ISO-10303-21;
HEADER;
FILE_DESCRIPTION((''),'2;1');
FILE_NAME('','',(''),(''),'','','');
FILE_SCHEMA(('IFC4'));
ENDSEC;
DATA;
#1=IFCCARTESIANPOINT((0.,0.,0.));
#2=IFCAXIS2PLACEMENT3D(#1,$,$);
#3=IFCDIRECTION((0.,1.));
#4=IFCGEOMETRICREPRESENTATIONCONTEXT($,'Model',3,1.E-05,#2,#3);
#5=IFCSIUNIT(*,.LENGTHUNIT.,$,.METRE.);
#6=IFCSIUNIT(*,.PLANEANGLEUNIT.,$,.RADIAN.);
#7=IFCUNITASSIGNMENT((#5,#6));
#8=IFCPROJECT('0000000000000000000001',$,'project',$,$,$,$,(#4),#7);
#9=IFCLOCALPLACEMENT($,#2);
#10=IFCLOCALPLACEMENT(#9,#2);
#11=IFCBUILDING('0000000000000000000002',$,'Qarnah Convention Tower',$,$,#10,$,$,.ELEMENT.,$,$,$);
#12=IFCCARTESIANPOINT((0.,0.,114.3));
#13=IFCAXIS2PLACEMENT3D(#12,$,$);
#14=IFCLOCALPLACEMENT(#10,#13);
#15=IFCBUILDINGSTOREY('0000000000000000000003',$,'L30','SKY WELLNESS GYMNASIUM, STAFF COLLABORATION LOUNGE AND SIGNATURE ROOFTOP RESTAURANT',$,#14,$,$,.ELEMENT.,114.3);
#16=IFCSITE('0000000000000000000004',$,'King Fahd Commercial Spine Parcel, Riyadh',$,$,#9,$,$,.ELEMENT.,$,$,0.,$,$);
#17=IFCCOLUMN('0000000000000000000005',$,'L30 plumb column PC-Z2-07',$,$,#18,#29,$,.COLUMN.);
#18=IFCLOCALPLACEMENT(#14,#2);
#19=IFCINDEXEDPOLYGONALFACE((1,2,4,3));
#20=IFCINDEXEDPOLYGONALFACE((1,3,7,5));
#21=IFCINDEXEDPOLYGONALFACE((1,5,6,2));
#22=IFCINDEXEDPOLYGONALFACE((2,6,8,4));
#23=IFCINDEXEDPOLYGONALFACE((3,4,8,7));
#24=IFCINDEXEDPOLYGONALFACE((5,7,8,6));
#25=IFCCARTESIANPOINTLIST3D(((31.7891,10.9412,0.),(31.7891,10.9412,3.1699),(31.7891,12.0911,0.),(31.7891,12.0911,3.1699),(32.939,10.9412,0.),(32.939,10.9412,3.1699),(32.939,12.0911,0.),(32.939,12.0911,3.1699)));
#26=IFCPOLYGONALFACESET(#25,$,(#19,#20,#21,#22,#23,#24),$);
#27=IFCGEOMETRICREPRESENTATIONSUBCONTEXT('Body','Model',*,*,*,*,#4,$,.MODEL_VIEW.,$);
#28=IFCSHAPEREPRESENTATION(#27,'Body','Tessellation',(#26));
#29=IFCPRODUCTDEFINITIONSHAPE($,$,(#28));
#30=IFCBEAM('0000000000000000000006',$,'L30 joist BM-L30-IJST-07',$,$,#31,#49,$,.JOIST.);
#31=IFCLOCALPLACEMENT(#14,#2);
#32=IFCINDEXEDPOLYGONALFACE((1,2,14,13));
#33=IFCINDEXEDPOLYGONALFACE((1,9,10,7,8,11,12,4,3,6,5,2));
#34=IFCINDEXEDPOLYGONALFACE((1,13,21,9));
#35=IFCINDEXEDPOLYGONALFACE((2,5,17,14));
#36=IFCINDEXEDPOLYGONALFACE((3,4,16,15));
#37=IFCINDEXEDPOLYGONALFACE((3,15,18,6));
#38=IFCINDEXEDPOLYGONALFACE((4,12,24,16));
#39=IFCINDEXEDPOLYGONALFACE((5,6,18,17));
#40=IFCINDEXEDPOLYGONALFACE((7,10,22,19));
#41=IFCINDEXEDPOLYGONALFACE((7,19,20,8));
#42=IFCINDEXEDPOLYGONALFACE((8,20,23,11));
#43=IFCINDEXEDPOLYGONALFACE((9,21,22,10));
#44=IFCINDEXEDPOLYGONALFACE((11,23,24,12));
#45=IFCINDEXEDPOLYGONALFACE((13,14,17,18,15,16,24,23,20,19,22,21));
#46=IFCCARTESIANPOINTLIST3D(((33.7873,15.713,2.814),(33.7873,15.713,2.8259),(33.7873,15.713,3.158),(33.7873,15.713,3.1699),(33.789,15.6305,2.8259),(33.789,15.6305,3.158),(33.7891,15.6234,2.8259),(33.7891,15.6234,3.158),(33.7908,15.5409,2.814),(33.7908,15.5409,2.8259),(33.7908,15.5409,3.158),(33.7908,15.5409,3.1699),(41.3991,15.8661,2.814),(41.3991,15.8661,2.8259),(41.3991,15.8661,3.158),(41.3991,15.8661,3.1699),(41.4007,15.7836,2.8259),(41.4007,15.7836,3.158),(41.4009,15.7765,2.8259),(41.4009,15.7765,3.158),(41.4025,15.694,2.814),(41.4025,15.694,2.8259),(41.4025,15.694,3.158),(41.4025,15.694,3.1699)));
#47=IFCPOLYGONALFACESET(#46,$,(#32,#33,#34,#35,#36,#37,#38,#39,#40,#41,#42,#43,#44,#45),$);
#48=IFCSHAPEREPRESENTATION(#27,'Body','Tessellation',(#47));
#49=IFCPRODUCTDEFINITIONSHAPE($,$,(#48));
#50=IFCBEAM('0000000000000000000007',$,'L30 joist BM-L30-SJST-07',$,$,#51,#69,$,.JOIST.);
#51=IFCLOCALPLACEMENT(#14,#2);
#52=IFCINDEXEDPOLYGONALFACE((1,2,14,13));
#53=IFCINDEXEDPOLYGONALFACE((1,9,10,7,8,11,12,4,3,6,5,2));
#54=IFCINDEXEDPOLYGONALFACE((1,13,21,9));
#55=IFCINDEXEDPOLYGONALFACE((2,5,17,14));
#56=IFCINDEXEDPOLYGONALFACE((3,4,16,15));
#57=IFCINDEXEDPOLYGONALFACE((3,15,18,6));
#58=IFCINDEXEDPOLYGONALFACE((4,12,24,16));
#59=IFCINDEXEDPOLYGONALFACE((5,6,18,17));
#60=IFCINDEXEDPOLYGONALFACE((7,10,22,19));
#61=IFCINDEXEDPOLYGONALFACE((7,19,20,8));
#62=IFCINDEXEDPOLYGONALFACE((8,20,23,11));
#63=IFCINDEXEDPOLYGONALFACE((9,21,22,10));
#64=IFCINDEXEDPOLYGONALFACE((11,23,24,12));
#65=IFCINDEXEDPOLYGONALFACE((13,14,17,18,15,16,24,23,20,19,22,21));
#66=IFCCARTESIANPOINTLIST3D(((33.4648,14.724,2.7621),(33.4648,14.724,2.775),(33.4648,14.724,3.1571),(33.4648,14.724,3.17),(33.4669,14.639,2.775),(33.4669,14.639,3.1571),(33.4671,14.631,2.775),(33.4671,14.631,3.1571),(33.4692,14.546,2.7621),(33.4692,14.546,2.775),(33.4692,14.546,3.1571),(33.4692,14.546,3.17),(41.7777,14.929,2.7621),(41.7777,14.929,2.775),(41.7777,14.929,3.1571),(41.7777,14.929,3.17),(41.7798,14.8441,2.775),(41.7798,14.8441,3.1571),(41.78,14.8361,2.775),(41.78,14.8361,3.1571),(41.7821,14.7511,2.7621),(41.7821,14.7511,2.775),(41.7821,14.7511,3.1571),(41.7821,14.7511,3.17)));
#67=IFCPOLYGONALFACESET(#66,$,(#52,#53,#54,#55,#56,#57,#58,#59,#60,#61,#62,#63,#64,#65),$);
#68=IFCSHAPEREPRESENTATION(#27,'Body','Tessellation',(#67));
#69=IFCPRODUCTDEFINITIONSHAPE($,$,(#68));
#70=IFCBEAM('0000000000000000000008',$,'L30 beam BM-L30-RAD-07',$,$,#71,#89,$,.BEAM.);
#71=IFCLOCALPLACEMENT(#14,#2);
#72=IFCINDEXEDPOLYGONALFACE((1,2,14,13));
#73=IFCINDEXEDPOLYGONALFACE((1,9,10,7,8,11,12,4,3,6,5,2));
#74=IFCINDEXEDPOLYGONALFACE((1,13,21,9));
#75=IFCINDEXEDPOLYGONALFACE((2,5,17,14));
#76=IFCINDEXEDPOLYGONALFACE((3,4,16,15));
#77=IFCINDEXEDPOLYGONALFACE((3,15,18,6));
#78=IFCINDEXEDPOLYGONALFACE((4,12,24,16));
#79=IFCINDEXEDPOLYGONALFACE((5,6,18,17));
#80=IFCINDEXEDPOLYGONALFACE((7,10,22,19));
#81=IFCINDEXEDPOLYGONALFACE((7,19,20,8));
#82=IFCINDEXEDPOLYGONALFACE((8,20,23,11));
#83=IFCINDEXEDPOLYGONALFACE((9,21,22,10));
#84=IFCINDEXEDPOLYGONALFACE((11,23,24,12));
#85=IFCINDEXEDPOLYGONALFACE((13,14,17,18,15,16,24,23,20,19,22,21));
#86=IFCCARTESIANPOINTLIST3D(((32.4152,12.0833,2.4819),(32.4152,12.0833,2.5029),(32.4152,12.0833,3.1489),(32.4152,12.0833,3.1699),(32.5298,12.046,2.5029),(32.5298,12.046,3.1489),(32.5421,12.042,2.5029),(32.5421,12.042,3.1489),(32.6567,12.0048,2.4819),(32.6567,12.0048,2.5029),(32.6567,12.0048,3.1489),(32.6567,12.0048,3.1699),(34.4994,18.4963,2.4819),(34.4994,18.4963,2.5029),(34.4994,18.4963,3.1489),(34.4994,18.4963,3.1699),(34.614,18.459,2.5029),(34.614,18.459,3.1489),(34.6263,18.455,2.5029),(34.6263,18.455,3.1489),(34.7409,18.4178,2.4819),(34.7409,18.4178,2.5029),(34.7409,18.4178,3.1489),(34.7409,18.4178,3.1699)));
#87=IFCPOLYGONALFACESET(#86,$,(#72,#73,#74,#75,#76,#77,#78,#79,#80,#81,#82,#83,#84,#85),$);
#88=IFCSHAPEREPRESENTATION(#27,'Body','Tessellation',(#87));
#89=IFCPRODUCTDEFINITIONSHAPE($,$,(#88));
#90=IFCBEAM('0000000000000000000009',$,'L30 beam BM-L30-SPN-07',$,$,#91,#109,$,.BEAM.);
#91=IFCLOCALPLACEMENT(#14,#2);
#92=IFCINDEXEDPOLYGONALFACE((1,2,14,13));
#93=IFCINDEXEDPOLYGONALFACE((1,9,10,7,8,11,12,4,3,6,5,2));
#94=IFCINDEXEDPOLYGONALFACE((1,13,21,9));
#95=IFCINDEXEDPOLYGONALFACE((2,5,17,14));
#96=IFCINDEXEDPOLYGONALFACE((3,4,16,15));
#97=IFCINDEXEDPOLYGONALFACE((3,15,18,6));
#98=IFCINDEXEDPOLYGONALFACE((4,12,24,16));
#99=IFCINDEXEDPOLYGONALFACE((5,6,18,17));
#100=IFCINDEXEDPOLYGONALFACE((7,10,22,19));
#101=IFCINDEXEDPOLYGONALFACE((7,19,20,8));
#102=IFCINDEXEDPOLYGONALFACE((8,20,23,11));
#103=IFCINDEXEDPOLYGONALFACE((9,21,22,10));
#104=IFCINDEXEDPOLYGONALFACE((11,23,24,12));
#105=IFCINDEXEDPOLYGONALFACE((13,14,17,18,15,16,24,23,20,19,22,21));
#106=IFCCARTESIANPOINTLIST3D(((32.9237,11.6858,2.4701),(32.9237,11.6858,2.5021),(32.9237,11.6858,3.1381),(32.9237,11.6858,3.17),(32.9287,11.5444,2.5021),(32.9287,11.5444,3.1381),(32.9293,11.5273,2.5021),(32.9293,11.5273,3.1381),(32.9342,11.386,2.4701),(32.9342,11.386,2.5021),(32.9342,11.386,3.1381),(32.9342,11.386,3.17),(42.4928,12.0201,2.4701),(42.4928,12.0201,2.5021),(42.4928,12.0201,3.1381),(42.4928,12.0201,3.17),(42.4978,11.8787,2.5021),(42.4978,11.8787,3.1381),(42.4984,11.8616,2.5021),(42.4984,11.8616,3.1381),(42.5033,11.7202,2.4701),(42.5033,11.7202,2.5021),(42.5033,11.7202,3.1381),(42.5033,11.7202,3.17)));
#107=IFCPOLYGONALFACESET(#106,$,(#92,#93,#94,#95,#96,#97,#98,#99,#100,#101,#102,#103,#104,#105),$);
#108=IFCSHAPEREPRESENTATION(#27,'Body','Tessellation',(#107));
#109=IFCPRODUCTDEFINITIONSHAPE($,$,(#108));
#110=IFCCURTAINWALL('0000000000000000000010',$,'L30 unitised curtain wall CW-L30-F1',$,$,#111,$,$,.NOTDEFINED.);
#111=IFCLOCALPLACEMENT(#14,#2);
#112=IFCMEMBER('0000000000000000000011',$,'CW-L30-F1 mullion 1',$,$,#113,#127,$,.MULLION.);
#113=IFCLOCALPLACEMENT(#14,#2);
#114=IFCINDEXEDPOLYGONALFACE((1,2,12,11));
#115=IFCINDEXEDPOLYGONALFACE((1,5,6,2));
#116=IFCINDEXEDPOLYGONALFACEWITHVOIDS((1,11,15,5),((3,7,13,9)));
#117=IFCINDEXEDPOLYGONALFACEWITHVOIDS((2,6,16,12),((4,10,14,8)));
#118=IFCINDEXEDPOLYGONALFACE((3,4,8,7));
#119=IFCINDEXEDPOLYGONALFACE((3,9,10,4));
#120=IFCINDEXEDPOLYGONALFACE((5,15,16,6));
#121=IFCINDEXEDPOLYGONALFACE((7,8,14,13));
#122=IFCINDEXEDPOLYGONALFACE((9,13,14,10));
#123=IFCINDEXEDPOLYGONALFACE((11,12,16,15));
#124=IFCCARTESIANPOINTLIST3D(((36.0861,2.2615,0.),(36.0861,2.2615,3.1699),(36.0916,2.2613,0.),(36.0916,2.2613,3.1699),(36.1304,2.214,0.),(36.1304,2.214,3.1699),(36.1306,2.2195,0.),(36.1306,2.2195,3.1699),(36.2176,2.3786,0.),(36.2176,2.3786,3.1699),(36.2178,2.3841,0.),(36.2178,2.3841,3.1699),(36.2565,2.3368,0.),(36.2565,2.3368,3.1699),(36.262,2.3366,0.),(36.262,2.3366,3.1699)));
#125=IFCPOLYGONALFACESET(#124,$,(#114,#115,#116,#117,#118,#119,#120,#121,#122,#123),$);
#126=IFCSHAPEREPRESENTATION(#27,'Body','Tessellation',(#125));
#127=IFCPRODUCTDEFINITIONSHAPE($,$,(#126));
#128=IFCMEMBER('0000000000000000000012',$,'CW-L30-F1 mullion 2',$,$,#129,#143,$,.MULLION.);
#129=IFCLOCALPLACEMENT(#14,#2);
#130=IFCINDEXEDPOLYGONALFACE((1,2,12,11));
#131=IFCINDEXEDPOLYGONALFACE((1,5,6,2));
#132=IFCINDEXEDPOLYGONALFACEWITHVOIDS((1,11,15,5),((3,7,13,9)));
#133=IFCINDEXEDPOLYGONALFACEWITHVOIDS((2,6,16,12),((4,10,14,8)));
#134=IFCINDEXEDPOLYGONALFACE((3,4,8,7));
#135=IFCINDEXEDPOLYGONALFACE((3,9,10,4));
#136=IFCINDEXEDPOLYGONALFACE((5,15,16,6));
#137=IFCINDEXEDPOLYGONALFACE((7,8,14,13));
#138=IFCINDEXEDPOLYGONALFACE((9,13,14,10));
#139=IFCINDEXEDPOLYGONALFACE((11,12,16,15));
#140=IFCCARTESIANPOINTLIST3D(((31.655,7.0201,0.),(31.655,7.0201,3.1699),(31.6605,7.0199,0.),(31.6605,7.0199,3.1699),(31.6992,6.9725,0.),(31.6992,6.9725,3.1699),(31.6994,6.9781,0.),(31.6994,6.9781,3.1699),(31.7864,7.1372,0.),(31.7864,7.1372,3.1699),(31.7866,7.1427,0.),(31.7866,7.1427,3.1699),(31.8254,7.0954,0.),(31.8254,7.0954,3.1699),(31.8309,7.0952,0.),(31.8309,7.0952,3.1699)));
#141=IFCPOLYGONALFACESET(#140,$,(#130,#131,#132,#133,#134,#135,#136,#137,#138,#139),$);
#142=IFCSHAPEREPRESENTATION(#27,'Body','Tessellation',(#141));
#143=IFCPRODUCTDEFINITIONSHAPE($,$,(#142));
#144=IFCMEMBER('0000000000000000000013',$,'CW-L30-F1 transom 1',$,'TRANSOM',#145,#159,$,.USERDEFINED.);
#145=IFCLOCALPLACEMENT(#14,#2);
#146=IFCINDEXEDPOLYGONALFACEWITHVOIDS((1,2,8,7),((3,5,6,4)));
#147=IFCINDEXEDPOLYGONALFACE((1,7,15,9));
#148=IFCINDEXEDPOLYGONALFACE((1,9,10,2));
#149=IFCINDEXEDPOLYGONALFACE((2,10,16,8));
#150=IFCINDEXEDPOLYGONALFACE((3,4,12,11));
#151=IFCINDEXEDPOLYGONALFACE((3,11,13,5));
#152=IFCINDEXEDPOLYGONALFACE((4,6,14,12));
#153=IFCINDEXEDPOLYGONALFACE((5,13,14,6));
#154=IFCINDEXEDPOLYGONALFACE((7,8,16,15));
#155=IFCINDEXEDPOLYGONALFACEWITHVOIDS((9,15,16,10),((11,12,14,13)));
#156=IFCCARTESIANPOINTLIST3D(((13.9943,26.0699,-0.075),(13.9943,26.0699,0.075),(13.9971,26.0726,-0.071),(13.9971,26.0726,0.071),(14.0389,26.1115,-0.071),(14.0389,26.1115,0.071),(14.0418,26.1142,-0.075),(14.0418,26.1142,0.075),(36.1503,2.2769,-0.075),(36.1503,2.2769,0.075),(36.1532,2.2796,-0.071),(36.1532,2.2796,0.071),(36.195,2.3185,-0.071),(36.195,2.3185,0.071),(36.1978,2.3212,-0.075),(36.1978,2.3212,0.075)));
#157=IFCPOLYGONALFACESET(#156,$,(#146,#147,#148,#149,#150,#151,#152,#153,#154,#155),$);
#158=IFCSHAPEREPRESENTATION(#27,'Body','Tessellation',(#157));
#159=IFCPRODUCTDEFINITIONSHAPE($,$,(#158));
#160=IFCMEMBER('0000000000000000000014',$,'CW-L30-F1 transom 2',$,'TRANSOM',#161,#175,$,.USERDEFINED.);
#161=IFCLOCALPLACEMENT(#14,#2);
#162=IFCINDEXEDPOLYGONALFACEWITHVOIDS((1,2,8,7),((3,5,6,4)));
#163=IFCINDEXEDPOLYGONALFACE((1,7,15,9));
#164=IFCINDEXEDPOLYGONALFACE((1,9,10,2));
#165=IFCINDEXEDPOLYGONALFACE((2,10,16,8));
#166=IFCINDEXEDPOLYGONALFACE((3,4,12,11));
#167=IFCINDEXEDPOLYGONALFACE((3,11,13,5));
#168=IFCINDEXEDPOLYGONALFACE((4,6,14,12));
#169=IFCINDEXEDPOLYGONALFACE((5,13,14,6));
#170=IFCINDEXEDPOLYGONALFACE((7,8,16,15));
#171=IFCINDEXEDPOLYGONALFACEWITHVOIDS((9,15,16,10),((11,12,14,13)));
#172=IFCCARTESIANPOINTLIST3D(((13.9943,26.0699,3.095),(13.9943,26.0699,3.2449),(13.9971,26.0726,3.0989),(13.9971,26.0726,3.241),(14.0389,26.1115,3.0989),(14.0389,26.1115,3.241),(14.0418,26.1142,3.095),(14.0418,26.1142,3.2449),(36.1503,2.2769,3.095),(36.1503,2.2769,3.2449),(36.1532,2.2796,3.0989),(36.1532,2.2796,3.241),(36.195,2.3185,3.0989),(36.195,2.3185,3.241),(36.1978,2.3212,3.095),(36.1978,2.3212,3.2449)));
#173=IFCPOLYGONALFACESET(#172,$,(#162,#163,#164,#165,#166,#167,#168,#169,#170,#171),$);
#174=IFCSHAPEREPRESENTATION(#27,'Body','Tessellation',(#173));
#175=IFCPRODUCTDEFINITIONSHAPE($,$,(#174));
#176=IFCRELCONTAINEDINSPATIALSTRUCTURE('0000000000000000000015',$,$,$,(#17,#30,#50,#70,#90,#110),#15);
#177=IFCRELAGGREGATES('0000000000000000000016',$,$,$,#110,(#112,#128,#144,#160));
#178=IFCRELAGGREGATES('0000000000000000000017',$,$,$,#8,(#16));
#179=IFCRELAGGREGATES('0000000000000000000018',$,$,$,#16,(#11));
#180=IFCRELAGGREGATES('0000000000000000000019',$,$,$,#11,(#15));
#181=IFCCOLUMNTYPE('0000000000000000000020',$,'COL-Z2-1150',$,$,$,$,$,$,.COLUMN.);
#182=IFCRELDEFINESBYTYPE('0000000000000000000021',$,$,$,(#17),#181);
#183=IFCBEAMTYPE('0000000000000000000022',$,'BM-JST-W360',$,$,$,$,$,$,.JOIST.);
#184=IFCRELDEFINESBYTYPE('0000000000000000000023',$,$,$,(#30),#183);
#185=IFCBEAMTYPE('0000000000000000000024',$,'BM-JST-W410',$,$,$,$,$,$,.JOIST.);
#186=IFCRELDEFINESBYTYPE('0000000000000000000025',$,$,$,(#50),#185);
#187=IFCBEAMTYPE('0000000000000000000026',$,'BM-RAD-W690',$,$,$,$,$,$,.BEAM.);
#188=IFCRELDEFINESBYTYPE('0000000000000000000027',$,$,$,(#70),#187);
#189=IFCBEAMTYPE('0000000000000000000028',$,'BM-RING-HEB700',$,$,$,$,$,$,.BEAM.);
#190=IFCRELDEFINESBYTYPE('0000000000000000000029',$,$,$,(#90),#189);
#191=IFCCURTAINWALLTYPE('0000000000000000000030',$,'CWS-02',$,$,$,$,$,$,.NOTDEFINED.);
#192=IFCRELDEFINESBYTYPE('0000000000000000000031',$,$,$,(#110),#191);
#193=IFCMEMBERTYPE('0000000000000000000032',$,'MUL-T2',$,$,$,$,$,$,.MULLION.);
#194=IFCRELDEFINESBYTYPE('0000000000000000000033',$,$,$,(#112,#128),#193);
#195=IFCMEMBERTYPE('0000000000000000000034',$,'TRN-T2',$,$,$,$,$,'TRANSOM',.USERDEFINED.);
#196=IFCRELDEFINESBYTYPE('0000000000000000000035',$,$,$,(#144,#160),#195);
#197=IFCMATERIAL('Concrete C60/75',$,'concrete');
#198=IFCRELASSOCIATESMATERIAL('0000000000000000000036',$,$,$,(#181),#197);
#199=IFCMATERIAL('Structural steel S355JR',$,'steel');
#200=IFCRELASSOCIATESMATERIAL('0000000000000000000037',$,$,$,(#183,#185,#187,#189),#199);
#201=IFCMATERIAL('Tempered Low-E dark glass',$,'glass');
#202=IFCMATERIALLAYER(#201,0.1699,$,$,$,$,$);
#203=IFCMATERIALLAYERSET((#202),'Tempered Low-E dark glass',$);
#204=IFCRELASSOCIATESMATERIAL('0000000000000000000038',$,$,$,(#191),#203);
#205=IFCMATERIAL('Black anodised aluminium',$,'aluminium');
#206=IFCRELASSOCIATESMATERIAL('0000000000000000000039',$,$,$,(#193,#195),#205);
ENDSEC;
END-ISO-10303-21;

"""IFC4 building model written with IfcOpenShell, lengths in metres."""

from ifc_helpers import new_model, si_unit, direction, frame, origin, origin_2d, place, context, subcontext, project, spatial, rectangle, hollow_rectangle, i_section, extrude, material, layer, layer_set, material_profile, profile_set, type_object, element, aggregate, save


model = new_model("IFC4")

# Units and contexts
model_context = context("Model", 3, precision=1e-05, world=origin(), true_north=direction((0.0, 1.0)))
body_context = subcontext(model_context, "Body", "Model", "MODEL_VIEW")
ifc_project = project(units=[si_unit("LENGTHUNIT", "METRE"), si_unit("PLANEANGLEUNIT", "RADIAN")], contexts=[model_context])

# Site, building, storey
site_placement = place(None, origin())
site = spatial("IfcSite", under=ifc_project, at=site_placement, Name="King Fahd Commercial Spine Parcel, Riyadh", CompositionType="ELEMENT", RefElevation=0.0)
building_placement = place(site_placement, origin())
building = spatial("IfcBuilding", under=site, at=building_placement, Name="Qarnah Convention Tower", CompositionType="ELEMENT")
storey_placement = place(building_placement, frame((0.0, 0.0, 114.3)))
storey = spatial("IfcBuildingStorey", under=building, at=storey_placement, Name="L30", Description="SKY WELLNESS GYMNASIUM, STAFF COLLABORATION LOUNGE AND SIGNATURE ROOFTOP RESTAURANT", CompositionType="ELEMENT", Elevation=114.3)

# Column
ifc_material_1 = material(Name="Concrete C60/75", Category="concrete")
ifc_material_profile_1 = material_profile(ifc_material_1, rectangle(XDim=1.1499, YDim=1.1499, at=origin_2d()), Name="RC-COL-1150X1150")
ifc_profile_set_1 = profile_set([ifc_material_profile_1], Name="Concrete C60/75")
column_type = type_object("IfcColumnType", Name="COL-Z2-1150", PredefinedType="COLUMN", material=ifc_profile_set_1)
column_placement = place(storey_placement, frame((32.364, 11.5161, 0.0), z_axis=(0.0, 0.0, 1.0), x_axis=(1.0, 0.0, 0.0)))
element("IfcColumn", 1, at=column_placement, inside=storey, type_object=column_type, Name="L30 plumb column PC-Z2-07", PredefinedType="COLUMN", context=body_context, shape_type="SweptSolid", body=[
    extrude(rectangle(XDim=1.1499, YDim=1.1499, at=origin_2d()), origin(), (0.0, 0.0, 1.0), 3.1699),
])

# Beams
ifc_material_2 = material(Name="Structural steel S355JR", Category="steel")
ifc_material_profile_2 = material_profile(ifc_material_2, i_section(OverallWidth=0.1721, OverallDepth=0.356, WebThickness=0.0071, FlangeThickness=0.012, at=origin_2d()), Name="W360X51")
ifc_profile_set_2 = profile_set([ifc_material_profile_2], Name="Structural steel S355JR")
beam_type_1 = type_object("IfcBeamType", Name="BM-JST-W360", PredefinedType="JOIST", material=ifc_profile_set_2)
beam_1_placement = place(storey_placement, frame((33.7891, 15.627, 2.9919), z_axis=(0.999798, 0.020106, 0.0), x_axis=(-0.020106, 0.999798, 0.0)))
element("IfcBeam", 2, at=beam_1_placement, inside=storey, type_object=beam_type_1, Name="L30 joist BM-L30-IJST-07", PredefinedType="JOIST", context=body_context, shape_type="SweptSolid", body=[
    extrude(i_section(OverallWidth=0.1721, OverallDepth=0.356, WebThickness=0.0071, FlangeThickness=0.012, at=origin_2d()), origin(), (0.0, 0.0, 1.0), 7.6133),
])
ifc_material_profile_3 = material_profile(ifc_material_2, i_section(OverallWidth=0.178, OverallDepth=0.408, WebThickness=0.0081, FlangeThickness=0.0129, at=origin_2d()), Name="W410X60")
ifc_profile_set_3 = profile_set([ifc_material_profile_3], Name="Structural steel S355JR")
beam_type_2 = type_object("IfcBeamType", Name="BM-JST-W410", PredefinedType="JOIST", material=ifc_profile_set_3)
beam_2_placement = place(storey_placement, frame((33.467, 14.635, 2.9661), z_axis=(0.999696, 0.024662, 0.0), x_axis=(-0.024662, 0.999696, 0.0)))
element("IfcBeam", 3, at=beam_2_placement, inside=storey, type_object=beam_type_2, Name="L30 joist BM-L30-SJST-07", PredefinedType="JOIST", context=body_context, shape_type="SweptSolid", body=[
    extrude(i_section(OverallWidth=0.178, OverallDepth=0.408, WebThickness=0.0081, FlangeThickness=0.0129, at=origin_2d()), origin(), (0.0, 0.0, 1.0), 8.3154),
])
ifc_material_profile_4 = material_profile(ifc_material_2, i_section(OverallWidth=0.2539, OverallDepth=0.688, WebThickness=0.0129, FlangeThickness=0.021, at=origin_2d()), Name="W690X152")
ifc_profile_set_4 = profile_set([ifc_material_profile_4], Name="Structural steel S355JR")
beam_type_3 = type_object("IfcBeamType", Name="BM-RAD-W690", PredefinedType="BEAM", material=ifc_profile_set_4)
beam_3_placement = place(storey_placement, frame((34.6201, 18.457, 2.8259), z_axis=(-0.309083, -0.951035, 0.0), x_axis=(0.951035, -0.309083, 0.0)))
element("IfcBeam", 4, at=beam_3_placement, inside=storey, type_object=beam_type_3, Name="L30 beam BM-L30-RAD-07", PredefinedType="BEAM", context=body_context, shape_type="SweptSolid", body=[
    extrude(i_section(OverallWidth=0.2539, OverallDepth=0.688, WebThickness=0.0129, FlangeThickness=0.021, at=origin_2d()), origin(), (0.0, 0.0, 1.0), 6.7432),
])
ifc_material_profile_5 = material_profile(ifc_material_2, i_section(OverallWidth=0.3, OverallDepth=0.7, WebThickness=0.0171, FlangeThickness=0.032, at=origin_2d()), Name="HEB700")
ifc_profile_set_5 = profile_set([ifc_material_profile_5], Name="Structural steel S355JR")
beam_type_4 = type_object("IfcBeamType", Name="BM-RING-HEB700", PredefinedType="BEAM", material=ifc_profile_set_5)
beam_4_placement = place(storey_placement, frame((32.929, 11.5359, 2.8201), z_axis=(0.999391, 0.034907, 0.0), x_axis=(-0.034907, 0.999391, 0.0)))
element("IfcBeam", 5, at=beam_4_placement, inside=storey, type_object=beam_type_4, Name="L30 beam BM-L30-SPN-07", PredefinedType="BEAM", context=body_context, shape_type="SweptSolid", body=[
    extrude(i_section(OverallWidth=0.3, OverallDepth=0.7, WebThickness=0.0171, FlangeThickness=0.032, at=origin_2d()), origin(), (0.0, 0.0, 1.0), 9.575),
])

# Curtain wall, members
ifc_material_3 = material(Name="Tempered Low-E dark glass", Category="glass")
ifc_layer_1 = layer(ifc_material_3, 0.1699)
ifc_layer_set_1 = layer_set([ifc_layer_1], Name="Tempered Low-E dark glass")
curtain_wall_type = type_object("IfcCurtainWallType", Name="CWS-02", PredefinedType="NOTDEFINED", material=ifc_layer_set_1)
curtain_wall_placement = place(storey_placement, origin())
curtain_wall = element("IfcCurtainWall", 6, at=curtain_wall_placement, inside=storey, type_object=curtain_wall_type, Name="L30 unitised curtain wall CW-L30-F1", PredefinedType="NOTDEFINED")
ifc_material_4 = material(Name="Black anodised aluminium", Category="aluminium")
ifc_material_profile_6 = material_profile(ifc_material_4, hollow_rectangle(XDim=0.0649, YDim=0.1799, WallThickness=0.0039, at=origin_2d()), Name="MUL-65X180")
ifc_profile_set_6 = profile_set([ifc_material_profile_6], Name="Black anodised aluminium")
member_type_1 = type_object("IfcMemberType", Name="MUL-T2", PredefinedType="MULLION", material=ifc_profile_set_6)
member_1_placement = place(storey_placement, frame((36.1741, 2.2991, 0.0), z_axis=(0.0, 0.0, 1.0), x_axis=(-0.681483, 0.731834, 0.0)))
member_1 = element("IfcMember", 7, at=member_1_placement, type_object=member_type_1, Name="CW-L30-F1 mullion 1", PredefinedType="MULLION", context=body_context, shape_type="SweptSolid", body=[
    extrude(hollow_rectangle(XDim=0.0649, YDim=0.1799, WallThickness=0.0039, at=origin_2d()), origin(), (0.0, 0.0, 1.0), 3.1699),
])
member_2_placement = place(storey_placement, frame((31.7429, 7.0576, 0.0), z_axis=(0.0, 0.0, 1.0), x_axis=(-0.681483, 0.731834, 0.0)))
member_2 = element("IfcMember", 8, at=member_2_placement, type_object=member_type_1, Name="CW-L30-F1 mullion 2", PredefinedType="MULLION", context=body_context, shape_type="SweptSolid", body=[
    extrude(hollow_rectangle(XDim=0.0649, YDim=0.1799, WallThickness=0.0039, at=origin_2d()), origin(), (0.0, 0.0, 1.0), 3.1699),
])
ifc_material_profile_7 = material_profile(ifc_material_4, hollow_rectangle(XDim=0.0649, YDim=0.1499, WallThickness=0.0039, at=origin_2d()), Name="TRN-65X150")
ifc_profile_set_7 = profile_set([ifc_material_profile_7], Name="Black anodised aluminium")
member_type_2 = type_object("IfcMemberType", Name="TRN-T2", ElementType="TRANSOM", PredefinedType="USERDEFINED", material=ifc_profile_set_7)
member_3_placement = place(storey_placement, frame((36.1741, 2.2991, 0.0), z_axis=(-0.681483, 0.731834, 0.0), x_axis=(-0.731834, -0.681483, 0.0)))
member_3 = element("IfcMember", 9, at=member_3_placement, type_object=member_type_2, Name="CW-L30-F1 transom 1", ObjectType="TRANSOM", PredefinedType="USERDEFINED", context=body_context, shape_type="SweptSolid", body=[
    extrude(hollow_rectangle(XDim=0.0649, YDim=0.1499, WallThickness=0.0039, at=origin_2d()), origin(), (0.0, 0.0, 1.0), 32.5115),
])
member_4_placement = place(storey_placement, frame((36.1741, 2.2991, 3.1699), z_axis=(-0.681483, 0.731834, 0.0), x_axis=(-0.731834, -0.681483, 0.0)))
member_4 = element("IfcMember", 10, at=member_4_placement, type_object=member_type_2, Name="CW-L30-F1 transom 2", ObjectType="TRANSOM", PredefinedType="USERDEFINED", context=body_context, shape_type="SweptSolid", body=[
    extrude(hollow_rectangle(XDim=0.0649, YDim=0.1499, WallThickness=0.0039, at=origin_2d()), origin(), (0.0, 0.0, 1.0), 32.5115),
])
aggregate(curtain_wall, [member_1, member_2, member_3, member_4])

save(model, "model.ifc")
